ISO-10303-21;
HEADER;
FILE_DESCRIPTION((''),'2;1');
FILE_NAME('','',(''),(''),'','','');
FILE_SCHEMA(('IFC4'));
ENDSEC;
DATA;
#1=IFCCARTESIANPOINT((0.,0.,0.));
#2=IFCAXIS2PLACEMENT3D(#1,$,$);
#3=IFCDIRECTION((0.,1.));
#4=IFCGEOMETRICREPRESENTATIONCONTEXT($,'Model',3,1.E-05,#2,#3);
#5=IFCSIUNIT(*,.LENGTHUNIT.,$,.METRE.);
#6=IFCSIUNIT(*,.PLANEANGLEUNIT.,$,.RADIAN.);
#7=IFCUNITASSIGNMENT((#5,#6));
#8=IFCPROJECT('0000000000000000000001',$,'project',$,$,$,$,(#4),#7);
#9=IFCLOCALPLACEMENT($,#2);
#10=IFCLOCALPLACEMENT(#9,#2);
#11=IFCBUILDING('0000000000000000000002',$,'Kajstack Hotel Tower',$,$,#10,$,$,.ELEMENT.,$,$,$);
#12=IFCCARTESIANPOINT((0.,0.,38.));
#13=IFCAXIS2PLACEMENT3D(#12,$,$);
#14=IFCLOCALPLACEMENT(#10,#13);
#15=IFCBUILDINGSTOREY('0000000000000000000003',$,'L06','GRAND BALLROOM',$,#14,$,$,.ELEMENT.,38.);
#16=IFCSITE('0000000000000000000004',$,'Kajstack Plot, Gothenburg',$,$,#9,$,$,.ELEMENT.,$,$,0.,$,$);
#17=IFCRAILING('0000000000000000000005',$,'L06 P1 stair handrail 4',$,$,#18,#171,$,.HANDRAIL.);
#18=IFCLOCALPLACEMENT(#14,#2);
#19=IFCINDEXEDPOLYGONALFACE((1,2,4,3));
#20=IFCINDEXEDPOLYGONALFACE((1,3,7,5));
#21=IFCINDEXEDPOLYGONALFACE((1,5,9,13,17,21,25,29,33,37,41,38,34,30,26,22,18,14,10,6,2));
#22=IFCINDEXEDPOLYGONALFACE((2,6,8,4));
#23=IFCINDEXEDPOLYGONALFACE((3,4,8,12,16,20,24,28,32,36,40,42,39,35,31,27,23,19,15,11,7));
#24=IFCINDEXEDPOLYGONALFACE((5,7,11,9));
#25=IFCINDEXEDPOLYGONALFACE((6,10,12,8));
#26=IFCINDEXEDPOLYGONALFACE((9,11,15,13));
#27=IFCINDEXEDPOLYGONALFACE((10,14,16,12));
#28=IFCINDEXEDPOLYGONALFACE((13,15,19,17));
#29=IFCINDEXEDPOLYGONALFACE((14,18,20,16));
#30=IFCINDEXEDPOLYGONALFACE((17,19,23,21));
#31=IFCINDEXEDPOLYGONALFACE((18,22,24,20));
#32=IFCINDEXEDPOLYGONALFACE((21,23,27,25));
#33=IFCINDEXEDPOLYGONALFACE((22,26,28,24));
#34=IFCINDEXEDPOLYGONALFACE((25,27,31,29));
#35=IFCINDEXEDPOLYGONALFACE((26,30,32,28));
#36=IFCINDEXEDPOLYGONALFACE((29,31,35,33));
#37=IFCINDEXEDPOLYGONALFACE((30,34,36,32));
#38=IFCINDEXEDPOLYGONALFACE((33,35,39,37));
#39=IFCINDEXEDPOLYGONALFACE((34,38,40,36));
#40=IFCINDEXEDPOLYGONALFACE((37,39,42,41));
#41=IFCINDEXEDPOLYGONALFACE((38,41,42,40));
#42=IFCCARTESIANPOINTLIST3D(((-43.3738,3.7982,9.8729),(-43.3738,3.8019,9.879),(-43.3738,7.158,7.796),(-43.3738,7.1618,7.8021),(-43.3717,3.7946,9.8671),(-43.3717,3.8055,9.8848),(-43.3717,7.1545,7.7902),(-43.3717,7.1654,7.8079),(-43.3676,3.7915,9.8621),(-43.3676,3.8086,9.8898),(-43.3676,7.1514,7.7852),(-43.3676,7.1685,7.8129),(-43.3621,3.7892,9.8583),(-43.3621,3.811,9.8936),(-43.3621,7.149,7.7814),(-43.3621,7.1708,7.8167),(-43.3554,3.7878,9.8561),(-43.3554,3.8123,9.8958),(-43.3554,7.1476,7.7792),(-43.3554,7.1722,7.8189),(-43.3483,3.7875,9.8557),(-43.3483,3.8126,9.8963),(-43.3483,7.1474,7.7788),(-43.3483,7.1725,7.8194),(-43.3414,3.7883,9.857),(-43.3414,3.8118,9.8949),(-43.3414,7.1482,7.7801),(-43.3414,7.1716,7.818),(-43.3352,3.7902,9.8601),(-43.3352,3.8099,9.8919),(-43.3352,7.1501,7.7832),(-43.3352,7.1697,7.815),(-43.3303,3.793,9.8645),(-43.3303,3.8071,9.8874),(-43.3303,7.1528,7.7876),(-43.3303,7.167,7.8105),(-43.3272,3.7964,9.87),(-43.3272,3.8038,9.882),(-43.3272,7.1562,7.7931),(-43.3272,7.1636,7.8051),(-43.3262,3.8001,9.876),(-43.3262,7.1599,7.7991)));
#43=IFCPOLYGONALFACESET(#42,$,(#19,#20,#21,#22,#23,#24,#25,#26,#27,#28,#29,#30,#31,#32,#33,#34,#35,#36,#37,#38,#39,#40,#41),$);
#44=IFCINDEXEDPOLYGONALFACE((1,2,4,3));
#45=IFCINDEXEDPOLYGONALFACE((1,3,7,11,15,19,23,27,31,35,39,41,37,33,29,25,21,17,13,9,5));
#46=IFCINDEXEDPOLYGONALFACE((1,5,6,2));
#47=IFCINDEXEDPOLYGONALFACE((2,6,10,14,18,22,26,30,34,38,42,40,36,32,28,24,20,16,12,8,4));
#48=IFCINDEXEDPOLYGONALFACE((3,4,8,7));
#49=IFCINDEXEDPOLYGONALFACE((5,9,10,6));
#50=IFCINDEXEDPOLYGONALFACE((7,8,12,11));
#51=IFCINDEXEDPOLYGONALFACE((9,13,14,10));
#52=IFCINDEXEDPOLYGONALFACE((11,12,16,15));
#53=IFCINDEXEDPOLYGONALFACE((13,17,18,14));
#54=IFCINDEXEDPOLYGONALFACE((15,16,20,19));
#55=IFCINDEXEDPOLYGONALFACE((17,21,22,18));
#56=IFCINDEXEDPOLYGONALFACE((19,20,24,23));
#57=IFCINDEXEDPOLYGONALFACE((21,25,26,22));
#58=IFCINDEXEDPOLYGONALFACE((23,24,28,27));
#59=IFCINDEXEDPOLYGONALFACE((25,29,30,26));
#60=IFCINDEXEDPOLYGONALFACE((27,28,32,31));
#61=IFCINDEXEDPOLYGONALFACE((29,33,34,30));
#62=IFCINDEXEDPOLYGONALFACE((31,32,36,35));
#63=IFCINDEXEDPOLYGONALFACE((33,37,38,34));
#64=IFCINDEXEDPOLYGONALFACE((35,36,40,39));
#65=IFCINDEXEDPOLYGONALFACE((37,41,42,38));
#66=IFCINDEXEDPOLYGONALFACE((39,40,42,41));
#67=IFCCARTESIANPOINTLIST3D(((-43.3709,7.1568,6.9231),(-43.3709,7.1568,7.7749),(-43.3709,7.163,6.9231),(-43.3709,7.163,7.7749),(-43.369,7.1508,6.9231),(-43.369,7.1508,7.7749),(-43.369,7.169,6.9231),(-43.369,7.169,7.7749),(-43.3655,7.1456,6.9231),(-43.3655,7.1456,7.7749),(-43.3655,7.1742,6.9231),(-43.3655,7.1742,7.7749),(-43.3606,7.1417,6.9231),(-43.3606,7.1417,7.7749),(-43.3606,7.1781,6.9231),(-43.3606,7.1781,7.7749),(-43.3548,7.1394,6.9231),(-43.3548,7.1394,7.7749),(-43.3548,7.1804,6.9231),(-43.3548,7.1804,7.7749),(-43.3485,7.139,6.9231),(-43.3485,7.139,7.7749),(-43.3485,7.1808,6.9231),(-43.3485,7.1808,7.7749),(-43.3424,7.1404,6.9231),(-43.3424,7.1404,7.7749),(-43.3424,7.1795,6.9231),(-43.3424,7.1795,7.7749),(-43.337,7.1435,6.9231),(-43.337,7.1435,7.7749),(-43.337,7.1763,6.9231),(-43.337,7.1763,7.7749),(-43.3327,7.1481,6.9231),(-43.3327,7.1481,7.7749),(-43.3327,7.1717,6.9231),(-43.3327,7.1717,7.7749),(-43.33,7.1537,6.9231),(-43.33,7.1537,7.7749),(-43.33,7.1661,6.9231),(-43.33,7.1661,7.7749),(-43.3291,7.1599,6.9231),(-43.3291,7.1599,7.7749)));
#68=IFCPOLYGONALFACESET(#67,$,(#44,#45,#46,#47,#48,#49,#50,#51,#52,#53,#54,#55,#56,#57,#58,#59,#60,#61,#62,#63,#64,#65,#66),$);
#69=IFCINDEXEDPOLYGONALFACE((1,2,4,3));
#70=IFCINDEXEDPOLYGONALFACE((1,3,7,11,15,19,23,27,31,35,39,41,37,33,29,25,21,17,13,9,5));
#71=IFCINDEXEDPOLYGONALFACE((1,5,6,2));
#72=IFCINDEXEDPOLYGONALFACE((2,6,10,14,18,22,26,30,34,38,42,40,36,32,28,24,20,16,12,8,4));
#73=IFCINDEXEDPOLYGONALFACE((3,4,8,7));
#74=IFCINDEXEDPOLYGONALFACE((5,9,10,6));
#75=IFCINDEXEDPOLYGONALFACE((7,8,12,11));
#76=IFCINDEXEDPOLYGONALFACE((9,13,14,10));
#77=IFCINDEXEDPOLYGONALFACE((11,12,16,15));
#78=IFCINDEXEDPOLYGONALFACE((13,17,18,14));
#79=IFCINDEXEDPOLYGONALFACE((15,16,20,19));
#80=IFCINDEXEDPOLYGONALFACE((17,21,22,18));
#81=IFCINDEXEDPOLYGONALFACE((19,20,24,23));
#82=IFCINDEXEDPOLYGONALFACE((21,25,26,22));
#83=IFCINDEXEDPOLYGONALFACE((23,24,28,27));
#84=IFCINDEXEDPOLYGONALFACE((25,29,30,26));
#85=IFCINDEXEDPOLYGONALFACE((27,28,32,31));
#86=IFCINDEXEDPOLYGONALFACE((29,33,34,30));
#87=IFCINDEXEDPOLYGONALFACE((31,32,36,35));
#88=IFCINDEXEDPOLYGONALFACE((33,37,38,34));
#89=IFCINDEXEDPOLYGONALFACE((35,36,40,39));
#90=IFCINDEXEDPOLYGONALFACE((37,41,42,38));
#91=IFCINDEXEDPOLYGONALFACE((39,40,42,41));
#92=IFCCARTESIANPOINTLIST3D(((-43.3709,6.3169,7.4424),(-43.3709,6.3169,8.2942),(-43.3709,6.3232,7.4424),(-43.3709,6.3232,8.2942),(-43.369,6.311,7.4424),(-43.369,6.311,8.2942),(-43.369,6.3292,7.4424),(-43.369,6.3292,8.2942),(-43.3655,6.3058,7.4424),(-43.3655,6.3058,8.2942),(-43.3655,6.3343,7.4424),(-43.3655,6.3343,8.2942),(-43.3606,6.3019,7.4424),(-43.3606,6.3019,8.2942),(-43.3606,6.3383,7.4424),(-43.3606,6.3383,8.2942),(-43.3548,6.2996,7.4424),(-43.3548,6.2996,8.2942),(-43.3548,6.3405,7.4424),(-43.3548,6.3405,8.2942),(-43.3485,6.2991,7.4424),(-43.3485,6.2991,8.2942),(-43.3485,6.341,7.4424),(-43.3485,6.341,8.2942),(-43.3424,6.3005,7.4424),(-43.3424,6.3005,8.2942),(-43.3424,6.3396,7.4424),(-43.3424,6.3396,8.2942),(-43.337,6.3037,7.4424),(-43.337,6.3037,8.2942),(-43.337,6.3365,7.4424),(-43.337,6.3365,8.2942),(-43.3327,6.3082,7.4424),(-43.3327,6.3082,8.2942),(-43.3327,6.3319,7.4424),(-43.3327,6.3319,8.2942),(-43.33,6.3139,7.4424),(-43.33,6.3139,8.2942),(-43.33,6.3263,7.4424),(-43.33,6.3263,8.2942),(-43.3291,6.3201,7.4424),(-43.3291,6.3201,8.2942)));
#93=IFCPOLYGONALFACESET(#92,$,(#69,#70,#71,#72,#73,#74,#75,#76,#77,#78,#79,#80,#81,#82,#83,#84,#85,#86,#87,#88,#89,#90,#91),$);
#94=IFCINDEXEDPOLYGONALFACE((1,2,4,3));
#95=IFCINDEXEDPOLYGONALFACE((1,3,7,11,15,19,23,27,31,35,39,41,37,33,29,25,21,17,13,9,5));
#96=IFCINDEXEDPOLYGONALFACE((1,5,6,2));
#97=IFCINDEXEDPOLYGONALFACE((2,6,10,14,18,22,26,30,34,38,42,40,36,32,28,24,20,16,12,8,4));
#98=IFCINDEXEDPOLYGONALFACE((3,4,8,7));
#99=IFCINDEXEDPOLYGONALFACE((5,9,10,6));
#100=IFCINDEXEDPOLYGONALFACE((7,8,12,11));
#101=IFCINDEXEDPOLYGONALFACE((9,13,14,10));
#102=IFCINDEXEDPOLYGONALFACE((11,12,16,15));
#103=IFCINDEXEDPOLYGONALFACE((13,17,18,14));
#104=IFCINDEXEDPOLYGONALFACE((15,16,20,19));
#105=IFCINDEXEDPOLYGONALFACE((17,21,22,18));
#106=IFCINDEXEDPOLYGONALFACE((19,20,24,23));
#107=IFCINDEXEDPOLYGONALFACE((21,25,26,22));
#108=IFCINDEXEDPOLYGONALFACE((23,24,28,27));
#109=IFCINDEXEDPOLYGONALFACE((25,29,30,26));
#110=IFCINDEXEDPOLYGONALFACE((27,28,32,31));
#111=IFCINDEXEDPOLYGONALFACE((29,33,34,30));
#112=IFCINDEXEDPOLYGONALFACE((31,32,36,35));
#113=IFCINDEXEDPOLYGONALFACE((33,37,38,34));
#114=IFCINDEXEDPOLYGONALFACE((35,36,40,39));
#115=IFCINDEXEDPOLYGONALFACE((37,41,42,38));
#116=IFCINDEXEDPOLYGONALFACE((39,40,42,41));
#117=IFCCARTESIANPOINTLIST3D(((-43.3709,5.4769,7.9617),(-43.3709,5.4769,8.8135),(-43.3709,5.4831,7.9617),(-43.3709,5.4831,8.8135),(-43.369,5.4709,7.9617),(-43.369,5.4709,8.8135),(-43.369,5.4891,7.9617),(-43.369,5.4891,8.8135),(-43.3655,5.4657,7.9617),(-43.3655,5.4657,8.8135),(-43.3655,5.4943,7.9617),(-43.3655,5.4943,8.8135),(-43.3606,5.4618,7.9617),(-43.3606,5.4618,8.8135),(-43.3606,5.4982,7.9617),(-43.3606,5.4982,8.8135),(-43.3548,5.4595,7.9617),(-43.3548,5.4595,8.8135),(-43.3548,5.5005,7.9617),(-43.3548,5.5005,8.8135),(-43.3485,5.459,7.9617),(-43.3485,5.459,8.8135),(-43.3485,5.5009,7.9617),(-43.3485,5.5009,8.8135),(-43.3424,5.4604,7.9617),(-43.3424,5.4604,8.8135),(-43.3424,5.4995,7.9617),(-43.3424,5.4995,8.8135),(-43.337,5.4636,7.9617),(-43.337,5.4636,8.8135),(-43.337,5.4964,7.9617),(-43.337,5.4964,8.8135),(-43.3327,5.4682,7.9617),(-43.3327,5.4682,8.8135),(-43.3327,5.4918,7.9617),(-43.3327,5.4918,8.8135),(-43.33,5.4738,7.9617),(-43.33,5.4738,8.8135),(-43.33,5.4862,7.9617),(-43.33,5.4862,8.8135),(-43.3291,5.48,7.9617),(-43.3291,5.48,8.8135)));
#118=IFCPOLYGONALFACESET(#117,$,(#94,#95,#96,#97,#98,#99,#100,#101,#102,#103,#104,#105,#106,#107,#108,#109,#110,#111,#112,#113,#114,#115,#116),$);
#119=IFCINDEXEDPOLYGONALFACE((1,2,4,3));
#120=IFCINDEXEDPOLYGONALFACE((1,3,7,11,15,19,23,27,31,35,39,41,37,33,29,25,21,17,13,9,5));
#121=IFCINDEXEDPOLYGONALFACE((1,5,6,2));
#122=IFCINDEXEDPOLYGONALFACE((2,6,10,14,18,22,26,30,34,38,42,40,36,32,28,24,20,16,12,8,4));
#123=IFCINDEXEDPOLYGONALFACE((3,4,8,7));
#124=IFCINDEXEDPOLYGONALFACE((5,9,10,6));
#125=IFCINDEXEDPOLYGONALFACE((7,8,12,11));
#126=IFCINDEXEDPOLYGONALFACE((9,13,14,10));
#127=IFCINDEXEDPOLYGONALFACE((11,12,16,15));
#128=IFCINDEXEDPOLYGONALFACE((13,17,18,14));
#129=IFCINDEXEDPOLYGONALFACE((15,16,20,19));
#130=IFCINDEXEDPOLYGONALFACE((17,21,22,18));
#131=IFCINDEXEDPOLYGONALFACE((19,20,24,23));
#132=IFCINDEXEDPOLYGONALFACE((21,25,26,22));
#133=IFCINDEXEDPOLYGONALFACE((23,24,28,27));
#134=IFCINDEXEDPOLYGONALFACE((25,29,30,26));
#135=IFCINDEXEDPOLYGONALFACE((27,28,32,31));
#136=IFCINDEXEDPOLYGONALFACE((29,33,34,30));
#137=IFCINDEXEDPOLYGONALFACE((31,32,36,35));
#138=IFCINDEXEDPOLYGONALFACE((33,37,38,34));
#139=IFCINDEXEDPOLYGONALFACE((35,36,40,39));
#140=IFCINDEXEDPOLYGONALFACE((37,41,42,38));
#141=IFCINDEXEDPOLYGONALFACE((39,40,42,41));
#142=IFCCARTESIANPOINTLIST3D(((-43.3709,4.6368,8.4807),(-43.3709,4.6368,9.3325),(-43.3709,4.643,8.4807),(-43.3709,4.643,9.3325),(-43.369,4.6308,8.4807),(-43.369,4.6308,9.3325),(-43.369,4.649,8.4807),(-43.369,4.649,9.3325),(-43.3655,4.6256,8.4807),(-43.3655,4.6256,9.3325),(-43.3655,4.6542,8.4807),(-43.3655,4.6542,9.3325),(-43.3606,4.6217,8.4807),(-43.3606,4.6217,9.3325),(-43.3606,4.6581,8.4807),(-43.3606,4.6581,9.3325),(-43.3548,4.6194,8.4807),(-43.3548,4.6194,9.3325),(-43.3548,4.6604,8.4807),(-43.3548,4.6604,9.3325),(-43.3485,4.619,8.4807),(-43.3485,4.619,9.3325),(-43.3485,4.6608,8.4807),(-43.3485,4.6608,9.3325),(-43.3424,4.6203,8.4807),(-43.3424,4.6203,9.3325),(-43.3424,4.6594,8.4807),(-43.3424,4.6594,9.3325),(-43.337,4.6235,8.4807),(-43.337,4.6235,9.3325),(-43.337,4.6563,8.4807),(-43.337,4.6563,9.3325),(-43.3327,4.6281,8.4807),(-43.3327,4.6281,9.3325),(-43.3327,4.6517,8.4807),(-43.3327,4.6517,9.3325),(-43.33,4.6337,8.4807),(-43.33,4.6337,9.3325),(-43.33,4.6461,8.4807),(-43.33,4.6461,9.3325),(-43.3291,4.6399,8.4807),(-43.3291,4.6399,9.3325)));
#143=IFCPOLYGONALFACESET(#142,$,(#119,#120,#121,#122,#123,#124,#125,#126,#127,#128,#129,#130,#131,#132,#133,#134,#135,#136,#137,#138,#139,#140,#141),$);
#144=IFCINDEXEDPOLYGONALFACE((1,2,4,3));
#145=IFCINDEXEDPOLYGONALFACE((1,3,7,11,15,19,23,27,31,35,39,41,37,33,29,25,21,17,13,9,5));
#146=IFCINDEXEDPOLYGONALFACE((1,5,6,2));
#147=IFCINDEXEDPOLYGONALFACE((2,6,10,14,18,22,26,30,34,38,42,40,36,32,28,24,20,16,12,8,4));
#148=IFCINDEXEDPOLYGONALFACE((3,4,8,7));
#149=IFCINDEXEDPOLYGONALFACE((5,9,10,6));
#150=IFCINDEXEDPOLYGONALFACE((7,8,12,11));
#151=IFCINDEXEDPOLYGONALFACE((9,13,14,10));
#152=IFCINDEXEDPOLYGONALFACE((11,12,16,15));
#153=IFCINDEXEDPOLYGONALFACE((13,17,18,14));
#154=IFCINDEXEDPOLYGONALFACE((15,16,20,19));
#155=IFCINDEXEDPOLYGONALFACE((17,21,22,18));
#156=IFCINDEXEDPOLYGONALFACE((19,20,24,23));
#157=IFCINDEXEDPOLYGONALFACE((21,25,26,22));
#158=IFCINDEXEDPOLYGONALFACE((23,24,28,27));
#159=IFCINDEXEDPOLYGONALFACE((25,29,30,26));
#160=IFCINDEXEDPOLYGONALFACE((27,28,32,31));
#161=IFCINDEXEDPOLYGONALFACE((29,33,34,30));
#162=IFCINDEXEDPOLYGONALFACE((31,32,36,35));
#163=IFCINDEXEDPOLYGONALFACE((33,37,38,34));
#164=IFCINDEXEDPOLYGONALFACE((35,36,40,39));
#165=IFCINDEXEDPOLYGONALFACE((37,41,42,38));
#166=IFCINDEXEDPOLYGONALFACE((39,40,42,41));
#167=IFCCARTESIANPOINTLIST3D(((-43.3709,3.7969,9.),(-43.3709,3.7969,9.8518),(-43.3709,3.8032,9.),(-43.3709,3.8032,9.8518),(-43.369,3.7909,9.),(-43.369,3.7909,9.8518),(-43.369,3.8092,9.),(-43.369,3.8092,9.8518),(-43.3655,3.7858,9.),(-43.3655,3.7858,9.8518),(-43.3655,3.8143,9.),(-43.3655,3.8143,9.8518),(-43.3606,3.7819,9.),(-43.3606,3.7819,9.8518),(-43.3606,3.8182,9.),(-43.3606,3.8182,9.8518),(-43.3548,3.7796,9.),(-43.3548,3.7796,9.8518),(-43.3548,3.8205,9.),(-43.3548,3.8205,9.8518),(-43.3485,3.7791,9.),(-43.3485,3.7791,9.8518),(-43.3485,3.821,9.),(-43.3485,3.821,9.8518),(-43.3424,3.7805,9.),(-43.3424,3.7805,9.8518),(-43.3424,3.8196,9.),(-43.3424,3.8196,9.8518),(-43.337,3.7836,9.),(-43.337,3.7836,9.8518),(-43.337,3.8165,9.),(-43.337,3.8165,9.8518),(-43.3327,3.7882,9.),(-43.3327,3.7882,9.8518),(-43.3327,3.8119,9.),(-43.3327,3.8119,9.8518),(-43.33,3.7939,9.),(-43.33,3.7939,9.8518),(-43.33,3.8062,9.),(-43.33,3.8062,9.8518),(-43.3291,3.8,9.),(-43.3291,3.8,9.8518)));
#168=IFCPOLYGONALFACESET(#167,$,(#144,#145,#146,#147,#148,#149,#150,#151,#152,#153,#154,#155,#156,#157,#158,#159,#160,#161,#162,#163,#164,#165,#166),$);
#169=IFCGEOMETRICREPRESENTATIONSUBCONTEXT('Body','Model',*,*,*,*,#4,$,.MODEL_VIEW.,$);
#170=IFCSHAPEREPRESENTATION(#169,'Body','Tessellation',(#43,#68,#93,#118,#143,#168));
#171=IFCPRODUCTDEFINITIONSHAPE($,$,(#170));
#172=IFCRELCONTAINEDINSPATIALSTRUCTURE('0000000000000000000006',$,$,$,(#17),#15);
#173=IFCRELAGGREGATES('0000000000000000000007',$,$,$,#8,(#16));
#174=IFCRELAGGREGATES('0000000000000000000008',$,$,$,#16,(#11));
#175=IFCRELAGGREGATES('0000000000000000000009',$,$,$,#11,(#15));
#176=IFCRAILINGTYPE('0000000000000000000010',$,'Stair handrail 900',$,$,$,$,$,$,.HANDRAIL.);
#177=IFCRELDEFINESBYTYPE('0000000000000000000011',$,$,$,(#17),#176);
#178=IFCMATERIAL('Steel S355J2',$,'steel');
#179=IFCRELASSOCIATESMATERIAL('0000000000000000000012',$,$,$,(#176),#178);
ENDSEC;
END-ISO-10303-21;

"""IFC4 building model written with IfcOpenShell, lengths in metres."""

from ifc_helpers import new_model, si_unit, direction, frame, origin, origin_2d, place, context, subcontext, project, spatial, circle, extrude, material, type_object, element, save


model = new_model("IFC4")

# Units and contexts
model_context = context("Model", 3, precision=1e-05, world=origin(), true_north=direction((0.0, 1.0)))
body_context = subcontext(model_context, "Body", "Model", "MODEL_VIEW")
ifc_project = project(units=[si_unit("LENGTHUNIT", "METRE"), si_unit("PLANEANGLEUNIT", "RADIAN")], contexts=[model_context])

# Site, building, storey
site_placement = place(None, origin())
site = spatial("IfcSite", under=ifc_project, at=site_placement, Name="Kajstack Plot, Gothenburg", CompositionType="ELEMENT", RefElevation=0.0)
building_placement = place(site_placement, origin())
building = spatial("IfcBuilding", under=site, at=building_placement, Name="Kajstack Hotel Tower", CompositionType="ELEMENT")
storey_placement = place(building_placement, frame((0.0, 0.0, 38.0)))
storey = spatial("IfcBuildingStorey", under=building, at=storey_placement, Name="L06", Description="GRAND BALLROOM", CompositionType="ELEMENT", Elevation=38.0)

# Railing
ifc_material_1 = material(Name="Steel S355J2", Category="steel")
railing_type = type_object("IfcRailingType", Name="Stair handrail 900", PredefinedType="HANDRAIL", material=ifc_material_1)
for number, where, name in (
    (1, (-43.3501, 7.1599, 6.9231), "L06 P1 stair handrail 4"),
):
    element("IfcRailing", number, at=place(storey_placement, frame(where)), inside=storey, type_object=railing_type, Name=name, PredefinedType="HANDRAIL", context=body_context, shape_type="SweptSolid", body=[
        extrude(circle(Radius=0.0239, at=origin_2d()), frame((0.0, 0.0, 0.876), z_axis=(0.0, -0.850606, 0.525803), x_axis=(1.0, 0.0, 0.0)), (0.0, 0.0, 1.0), 3.95),
        extrude(circle(Radius=0.021, at=origin_2d()), origin(), (0.0, 0.0, 1.0), 0.8518),
        extrude(circle(Radius=0.021, at=origin_2d()), frame((0.0, -0.8398, 0.5193)), (0.0, 0.0, 1.0), 0.8518),
        extrude(circle(Radius=0.021, at=origin_2d()), frame((0.0, -1.6799, 1.0386)), (0.0, 0.0, 1.0), 0.8518),
        extrude(circle(Radius=0.021, at=origin_2d()), frame((0.0, -2.52, 1.5576)), (0.0, 0.0, 1.0), 0.8518),
        extrude(circle(Radius=0.021, at=origin_2d()), frame((0.0, -3.3599, 2.0769)), (0.0, 0.0, 1.0), 0.8518),
    ])

save(model, "model.ifc")
